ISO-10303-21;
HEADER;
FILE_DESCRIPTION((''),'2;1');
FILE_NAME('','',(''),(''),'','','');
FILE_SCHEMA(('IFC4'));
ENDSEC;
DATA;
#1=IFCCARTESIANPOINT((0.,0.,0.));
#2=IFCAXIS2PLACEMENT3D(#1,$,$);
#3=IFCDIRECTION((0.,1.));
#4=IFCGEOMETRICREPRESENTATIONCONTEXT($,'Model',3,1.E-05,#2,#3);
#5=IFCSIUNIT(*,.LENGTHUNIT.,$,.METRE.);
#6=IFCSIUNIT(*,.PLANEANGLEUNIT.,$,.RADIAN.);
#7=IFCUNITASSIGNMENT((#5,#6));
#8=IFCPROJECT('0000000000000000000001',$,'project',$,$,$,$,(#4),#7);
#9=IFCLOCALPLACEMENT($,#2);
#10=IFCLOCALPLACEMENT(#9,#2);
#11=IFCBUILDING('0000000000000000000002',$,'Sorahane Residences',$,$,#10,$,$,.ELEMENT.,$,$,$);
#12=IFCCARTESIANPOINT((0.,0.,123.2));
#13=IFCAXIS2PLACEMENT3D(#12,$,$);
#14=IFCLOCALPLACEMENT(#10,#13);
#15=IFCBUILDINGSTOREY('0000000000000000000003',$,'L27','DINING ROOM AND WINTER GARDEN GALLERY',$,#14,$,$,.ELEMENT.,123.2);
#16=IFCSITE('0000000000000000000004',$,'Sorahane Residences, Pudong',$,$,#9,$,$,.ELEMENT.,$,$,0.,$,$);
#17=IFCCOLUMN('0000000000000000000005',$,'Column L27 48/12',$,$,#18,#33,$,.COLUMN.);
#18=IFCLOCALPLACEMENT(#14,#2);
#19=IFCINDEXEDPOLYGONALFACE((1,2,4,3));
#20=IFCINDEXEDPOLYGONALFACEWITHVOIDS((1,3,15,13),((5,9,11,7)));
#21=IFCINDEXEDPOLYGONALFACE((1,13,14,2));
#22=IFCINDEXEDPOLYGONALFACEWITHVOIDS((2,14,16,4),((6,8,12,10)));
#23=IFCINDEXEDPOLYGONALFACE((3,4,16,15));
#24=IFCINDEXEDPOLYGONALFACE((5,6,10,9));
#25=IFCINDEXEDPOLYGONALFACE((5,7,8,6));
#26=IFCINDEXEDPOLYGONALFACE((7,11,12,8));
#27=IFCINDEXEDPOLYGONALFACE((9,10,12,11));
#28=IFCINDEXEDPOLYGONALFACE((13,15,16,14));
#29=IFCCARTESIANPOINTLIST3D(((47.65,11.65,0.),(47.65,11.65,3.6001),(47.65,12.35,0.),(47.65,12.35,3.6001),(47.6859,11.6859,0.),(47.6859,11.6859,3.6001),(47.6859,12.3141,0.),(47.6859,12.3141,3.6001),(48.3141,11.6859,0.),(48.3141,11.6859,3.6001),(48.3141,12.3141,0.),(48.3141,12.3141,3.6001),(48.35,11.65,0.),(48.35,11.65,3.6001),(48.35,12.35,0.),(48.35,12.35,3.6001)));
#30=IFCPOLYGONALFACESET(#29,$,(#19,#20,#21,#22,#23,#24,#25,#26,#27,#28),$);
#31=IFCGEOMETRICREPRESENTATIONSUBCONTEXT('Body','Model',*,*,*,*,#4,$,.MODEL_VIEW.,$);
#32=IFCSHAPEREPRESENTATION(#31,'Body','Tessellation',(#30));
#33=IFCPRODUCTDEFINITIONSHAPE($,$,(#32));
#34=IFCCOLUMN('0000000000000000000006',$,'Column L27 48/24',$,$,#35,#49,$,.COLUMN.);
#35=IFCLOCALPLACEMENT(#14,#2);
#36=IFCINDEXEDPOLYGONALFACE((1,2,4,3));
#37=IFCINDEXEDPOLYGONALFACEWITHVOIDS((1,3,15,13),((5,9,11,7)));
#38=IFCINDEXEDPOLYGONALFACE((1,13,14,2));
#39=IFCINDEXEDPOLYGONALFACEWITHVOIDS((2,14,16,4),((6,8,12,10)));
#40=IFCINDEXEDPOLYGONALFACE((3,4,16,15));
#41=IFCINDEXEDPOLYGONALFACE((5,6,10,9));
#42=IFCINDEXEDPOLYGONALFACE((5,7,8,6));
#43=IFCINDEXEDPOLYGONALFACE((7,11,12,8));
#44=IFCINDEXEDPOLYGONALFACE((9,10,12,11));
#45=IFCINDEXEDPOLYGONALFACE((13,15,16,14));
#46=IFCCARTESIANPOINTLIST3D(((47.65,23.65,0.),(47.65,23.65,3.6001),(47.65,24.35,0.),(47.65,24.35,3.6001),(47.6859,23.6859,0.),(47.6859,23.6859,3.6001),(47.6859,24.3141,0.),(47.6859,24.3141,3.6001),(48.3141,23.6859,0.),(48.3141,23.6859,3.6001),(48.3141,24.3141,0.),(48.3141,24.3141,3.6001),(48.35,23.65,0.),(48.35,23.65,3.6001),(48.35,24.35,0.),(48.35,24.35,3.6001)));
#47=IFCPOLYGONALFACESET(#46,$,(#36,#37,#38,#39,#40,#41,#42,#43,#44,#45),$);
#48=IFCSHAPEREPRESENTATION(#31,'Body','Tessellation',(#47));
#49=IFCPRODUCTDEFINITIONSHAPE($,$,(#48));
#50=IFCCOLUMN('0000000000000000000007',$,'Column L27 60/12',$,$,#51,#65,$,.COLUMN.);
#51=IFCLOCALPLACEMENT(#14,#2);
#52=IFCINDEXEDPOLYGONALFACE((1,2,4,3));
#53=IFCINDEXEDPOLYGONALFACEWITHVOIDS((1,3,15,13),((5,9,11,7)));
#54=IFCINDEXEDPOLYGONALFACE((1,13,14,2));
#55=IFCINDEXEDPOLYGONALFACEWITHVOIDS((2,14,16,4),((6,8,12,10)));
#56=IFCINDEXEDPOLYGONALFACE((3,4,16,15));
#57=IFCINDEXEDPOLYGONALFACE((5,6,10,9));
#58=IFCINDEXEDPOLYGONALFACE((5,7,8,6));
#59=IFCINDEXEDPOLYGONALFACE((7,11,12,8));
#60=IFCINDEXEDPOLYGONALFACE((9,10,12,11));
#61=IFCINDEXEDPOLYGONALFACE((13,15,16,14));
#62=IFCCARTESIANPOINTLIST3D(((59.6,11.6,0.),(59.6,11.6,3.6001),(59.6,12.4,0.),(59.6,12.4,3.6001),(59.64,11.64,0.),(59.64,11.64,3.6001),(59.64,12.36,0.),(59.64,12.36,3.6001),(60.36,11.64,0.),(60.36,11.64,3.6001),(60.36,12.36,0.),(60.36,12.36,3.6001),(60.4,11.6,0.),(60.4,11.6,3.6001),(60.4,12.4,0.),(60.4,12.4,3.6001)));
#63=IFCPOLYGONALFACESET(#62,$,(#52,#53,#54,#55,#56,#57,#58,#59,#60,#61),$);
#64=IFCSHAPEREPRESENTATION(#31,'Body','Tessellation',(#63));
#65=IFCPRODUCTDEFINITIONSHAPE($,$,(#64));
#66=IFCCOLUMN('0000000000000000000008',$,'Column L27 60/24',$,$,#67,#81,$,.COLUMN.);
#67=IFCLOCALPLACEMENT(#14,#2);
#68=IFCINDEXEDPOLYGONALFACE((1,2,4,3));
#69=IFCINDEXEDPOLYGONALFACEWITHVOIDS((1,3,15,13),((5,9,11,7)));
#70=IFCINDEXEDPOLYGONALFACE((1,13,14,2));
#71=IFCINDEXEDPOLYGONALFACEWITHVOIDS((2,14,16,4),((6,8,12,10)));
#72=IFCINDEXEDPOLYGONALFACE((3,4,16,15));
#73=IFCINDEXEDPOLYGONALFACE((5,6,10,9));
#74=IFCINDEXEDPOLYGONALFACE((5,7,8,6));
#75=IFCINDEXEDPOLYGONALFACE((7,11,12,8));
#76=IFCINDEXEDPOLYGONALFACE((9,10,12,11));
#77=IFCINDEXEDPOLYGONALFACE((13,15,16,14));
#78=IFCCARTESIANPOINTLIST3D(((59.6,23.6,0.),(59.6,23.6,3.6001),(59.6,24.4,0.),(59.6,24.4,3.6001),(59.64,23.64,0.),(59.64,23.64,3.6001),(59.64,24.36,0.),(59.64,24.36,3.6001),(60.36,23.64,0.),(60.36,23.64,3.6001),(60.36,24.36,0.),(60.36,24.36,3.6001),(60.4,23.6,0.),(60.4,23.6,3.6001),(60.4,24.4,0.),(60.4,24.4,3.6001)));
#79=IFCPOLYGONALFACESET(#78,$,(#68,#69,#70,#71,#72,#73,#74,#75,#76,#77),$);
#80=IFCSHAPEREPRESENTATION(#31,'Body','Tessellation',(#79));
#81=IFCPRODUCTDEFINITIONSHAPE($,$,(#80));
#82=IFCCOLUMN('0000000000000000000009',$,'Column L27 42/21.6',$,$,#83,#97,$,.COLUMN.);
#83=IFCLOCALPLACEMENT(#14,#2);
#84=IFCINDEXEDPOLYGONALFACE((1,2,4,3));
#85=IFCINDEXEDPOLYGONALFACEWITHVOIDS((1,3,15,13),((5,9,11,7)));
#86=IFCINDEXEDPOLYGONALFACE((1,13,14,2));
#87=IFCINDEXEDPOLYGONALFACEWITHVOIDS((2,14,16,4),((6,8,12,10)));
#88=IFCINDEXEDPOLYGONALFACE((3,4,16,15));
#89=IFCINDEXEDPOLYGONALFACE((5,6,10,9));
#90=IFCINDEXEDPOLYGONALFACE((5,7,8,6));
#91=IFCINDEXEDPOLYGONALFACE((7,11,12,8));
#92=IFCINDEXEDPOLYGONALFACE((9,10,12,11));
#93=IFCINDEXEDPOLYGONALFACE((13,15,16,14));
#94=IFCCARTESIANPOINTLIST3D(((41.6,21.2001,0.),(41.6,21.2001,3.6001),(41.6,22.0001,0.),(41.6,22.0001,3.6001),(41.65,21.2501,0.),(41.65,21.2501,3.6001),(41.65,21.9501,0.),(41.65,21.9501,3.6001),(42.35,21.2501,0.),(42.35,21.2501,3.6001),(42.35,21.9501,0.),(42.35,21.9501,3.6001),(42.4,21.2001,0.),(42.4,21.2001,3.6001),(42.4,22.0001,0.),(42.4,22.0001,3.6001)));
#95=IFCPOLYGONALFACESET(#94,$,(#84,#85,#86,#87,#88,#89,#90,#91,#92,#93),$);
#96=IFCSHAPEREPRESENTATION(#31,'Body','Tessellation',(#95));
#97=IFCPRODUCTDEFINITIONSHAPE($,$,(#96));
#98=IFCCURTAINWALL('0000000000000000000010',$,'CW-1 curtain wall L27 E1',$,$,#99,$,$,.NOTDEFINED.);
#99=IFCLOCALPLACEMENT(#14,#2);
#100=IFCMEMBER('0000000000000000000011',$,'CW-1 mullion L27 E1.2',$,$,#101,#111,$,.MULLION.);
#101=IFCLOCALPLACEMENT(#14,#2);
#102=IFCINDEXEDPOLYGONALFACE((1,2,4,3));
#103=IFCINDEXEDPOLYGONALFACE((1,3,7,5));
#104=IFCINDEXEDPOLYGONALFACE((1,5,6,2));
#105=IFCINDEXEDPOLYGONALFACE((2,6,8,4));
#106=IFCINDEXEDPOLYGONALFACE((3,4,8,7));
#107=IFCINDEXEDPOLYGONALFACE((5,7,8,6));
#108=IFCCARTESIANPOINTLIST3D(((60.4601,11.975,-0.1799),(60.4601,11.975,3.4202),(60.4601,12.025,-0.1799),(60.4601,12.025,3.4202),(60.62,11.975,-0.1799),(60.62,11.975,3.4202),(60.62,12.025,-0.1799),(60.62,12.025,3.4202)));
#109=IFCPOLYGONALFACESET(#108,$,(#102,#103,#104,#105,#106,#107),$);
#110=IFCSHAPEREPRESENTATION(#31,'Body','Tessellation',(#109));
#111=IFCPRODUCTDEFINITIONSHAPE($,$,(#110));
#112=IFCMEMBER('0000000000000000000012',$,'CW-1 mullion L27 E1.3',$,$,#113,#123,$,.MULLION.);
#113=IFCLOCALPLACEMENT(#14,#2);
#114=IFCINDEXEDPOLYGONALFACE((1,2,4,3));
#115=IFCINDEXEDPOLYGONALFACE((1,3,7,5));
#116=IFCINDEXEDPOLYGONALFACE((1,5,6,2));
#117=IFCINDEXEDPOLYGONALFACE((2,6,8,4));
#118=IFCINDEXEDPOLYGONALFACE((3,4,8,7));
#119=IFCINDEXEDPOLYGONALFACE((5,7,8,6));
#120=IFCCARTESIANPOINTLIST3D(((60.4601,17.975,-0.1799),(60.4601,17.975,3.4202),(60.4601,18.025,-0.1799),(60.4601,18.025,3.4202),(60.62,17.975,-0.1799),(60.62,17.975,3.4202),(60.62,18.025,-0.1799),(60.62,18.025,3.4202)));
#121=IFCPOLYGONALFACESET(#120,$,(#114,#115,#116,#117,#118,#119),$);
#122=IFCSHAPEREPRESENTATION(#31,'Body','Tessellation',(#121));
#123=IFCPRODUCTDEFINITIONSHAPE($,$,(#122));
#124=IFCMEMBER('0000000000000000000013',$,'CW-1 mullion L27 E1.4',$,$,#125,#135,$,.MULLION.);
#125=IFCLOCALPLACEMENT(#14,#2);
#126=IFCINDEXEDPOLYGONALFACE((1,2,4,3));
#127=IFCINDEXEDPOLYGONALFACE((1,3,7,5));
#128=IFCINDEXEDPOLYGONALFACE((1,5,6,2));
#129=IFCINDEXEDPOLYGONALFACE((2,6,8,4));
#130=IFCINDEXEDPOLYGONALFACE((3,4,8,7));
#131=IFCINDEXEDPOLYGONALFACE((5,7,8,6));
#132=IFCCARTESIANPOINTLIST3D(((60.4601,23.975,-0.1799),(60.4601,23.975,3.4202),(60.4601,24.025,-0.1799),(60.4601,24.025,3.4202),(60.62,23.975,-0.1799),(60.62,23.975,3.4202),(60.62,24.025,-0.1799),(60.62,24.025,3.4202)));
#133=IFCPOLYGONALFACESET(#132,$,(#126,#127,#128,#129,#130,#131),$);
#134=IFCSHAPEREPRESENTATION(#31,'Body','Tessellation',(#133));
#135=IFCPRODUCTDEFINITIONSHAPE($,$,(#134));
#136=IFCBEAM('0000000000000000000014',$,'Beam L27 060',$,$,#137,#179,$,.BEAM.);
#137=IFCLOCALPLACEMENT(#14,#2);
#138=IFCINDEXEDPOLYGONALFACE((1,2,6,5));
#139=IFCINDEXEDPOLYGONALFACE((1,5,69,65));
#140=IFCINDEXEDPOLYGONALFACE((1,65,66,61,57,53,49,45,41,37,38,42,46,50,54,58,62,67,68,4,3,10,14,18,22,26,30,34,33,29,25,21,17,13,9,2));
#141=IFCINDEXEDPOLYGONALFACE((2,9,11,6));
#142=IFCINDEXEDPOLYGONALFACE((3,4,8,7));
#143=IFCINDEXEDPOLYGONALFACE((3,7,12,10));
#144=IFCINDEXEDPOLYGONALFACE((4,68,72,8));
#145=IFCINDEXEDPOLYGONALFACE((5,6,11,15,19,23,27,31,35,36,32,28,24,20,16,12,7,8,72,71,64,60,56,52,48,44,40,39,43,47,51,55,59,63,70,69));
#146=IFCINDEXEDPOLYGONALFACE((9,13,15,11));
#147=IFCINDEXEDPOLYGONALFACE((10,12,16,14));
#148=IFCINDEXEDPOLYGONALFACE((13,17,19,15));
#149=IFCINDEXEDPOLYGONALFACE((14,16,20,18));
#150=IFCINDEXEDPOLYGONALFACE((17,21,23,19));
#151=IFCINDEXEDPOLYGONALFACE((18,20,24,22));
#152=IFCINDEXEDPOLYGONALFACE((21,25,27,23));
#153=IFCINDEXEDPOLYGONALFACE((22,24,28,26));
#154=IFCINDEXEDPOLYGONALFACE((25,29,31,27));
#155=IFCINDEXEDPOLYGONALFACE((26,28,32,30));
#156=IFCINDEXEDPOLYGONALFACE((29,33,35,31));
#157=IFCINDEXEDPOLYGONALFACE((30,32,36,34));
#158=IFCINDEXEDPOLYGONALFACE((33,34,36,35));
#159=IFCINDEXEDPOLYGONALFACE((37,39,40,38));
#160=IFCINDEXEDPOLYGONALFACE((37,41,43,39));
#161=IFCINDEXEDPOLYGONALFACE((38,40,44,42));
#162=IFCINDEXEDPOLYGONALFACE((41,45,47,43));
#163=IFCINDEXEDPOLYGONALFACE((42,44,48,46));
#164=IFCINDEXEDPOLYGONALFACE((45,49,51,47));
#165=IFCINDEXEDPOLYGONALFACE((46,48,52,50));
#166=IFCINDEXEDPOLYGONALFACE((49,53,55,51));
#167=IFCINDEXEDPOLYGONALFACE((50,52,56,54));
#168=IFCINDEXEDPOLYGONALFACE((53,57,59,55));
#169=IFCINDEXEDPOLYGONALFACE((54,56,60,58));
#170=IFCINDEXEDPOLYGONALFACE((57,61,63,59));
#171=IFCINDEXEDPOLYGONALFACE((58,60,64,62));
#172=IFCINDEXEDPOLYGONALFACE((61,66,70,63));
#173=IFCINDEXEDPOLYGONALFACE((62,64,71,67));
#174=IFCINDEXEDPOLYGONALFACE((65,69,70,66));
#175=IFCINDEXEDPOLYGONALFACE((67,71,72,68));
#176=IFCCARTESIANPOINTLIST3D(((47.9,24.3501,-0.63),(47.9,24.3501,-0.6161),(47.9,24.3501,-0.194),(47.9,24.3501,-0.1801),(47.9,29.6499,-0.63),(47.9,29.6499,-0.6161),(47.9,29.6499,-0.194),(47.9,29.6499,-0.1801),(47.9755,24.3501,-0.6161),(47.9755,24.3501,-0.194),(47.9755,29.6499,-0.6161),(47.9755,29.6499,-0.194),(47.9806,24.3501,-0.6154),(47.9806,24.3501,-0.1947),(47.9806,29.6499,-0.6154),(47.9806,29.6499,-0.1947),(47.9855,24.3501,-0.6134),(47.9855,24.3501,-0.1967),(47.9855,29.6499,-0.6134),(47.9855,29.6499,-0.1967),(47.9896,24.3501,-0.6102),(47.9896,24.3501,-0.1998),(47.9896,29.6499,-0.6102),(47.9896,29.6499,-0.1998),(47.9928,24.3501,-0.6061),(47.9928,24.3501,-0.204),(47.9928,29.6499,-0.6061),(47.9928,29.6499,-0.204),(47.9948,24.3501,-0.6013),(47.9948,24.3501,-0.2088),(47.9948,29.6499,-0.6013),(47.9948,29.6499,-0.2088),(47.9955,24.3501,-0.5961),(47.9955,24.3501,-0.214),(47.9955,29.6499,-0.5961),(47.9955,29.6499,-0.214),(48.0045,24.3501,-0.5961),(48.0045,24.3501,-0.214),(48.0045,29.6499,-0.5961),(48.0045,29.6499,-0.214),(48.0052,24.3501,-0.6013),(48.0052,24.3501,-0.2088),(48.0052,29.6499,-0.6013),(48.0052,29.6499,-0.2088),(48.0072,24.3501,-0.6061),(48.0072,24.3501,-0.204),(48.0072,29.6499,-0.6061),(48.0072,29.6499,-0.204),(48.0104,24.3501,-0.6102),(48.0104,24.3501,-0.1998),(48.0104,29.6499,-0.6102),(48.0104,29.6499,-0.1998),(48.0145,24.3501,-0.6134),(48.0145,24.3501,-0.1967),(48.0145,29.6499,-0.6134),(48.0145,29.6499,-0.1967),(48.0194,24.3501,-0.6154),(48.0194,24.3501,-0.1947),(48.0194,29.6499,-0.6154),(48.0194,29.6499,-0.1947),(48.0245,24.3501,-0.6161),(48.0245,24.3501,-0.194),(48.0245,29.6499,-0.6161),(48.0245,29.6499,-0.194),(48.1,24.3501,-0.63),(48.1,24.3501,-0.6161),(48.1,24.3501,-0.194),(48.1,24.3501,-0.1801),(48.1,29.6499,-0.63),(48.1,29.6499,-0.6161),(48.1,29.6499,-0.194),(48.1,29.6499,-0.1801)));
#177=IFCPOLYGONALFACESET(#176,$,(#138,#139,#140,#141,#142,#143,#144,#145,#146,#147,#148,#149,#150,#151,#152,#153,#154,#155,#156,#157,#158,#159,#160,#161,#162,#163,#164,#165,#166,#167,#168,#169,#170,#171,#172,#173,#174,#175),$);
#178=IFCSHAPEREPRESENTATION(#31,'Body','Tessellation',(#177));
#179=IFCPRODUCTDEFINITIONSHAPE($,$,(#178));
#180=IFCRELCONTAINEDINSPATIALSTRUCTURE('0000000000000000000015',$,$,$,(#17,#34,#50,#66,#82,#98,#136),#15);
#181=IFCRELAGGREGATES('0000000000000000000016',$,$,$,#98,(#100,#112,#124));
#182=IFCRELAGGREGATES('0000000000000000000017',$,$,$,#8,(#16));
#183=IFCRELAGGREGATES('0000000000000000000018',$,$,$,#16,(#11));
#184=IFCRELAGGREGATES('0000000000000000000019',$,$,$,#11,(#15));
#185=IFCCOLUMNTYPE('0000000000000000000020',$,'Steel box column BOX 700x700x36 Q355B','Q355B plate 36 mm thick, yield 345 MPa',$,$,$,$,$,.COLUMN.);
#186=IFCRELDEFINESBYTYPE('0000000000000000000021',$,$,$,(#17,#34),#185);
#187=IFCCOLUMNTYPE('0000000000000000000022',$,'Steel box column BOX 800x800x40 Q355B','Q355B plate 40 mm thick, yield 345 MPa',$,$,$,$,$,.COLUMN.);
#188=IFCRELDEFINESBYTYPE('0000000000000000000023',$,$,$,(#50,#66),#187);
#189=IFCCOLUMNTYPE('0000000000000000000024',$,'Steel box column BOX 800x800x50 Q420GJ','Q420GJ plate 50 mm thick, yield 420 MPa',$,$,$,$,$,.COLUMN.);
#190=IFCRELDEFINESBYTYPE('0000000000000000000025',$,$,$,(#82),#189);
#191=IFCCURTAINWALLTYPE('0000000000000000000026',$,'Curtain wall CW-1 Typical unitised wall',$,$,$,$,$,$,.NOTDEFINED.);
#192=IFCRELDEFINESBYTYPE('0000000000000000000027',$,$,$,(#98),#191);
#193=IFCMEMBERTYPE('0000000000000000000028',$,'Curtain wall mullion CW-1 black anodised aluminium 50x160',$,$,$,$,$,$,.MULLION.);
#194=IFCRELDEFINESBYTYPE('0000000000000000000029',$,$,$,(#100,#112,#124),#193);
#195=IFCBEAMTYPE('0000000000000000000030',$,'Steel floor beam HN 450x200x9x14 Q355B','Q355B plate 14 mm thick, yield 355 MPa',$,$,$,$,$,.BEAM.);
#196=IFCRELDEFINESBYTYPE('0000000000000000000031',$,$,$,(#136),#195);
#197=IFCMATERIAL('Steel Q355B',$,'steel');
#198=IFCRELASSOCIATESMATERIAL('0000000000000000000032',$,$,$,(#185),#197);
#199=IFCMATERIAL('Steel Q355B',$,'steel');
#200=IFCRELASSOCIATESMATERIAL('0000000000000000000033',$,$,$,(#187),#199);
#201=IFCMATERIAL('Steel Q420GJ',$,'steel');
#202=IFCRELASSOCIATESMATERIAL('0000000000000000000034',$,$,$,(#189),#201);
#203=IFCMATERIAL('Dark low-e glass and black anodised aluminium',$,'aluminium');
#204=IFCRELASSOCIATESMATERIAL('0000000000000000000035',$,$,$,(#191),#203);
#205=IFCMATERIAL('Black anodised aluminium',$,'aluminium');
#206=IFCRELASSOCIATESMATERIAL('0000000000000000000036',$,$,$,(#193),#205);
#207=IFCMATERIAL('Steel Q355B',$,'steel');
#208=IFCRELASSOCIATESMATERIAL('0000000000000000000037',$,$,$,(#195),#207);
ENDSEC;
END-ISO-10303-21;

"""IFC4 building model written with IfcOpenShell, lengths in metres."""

from ifc_helpers import new_model, si_unit, direction, frame, origin, origin_2d, place, context, subcontext, project, spatial, rectangle, hollow_rectangle, i_section, extrude, material, material_profile, profile_set, type_object, element, aggregate, save


model = new_model("IFC4")

# Units and contexts
model_context = context("Model", 3, precision=1e-05, world=origin(), true_north=direction((0.0, 1.0)))
body_context = subcontext(model_context, "Body", "Model", "MODEL_VIEW")
ifc_project = project(units=[si_unit("LENGTHUNIT", "METRE"), si_unit("PLANEANGLEUNIT", "RADIAN")], contexts=[model_context])

# Site, building, storey
site_placement = place(None, origin())
site = spatial("IfcSite", under=ifc_project, at=site_placement, Name="Sorahane Residences, Pudong", CompositionType="ELEMENT", RefElevation=0.0)
building_placement = place(site_placement, origin())
building = spatial("IfcBuilding", under=site, at=building_placement, Name="Sorahane Residences", CompositionType="ELEMENT")
storey_placement = place(building_placement, frame((0.0, 0.0, 123.2)))
storey = spatial("IfcBuildingStorey", under=building, at=storey_placement, Name="L27", Description="DINING ROOM AND WINTER GARDEN GALLERY", CompositionType="ELEMENT", Elevation=123.2)

# Columns
ifc_material_1 = material(Name="Steel Q355B", Category="steel")
ifc_material_profile_1 = material_profile(ifc_material_1, hollow_rectangle(XDim=0.7, YDim=0.7, WallThickness=0.0359, at=origin_2d()), Name="BOX 700x700x36")
ifc_profile_set_1 = profile_set([ifc_material_profile_1], Name="Steel Q355B")
column_type_1 = type_object("IfcColumnType", Name="Steel box column BOX 700x700x36 Q355B", Description="Q355B plate 36 mm thick, yield 345 MPa", PredefinedType="COLUMN", material=ifc_profile_set_1)
for number, where, z_axis, x_axis, name in (
    (1, (48.0, 12.0, 0.0), (0.0, 0.0, 1.0), (1.0, 0.0, 0.0), "Column L27 48/12"),
    (2, (48.0, 24.0, 0.0), (0.0, 0.0, 1.0), (1.0, 0.0, 0.0), "Column L27 48/24"),
):
    element("IfcColumn", number, at=place(storey_placement, frame(where, z_axis=z_axis, x_axis=x_axis)), inside=storey, type_object=column_type_1, Name=name, PredefinedType="COLUMN", context=body_context, shape_type="SweptSolid", body=[
        extrude(hollow_rectangle(XDim=0.7, YDim=0.7, WallThickness=0.0359, at=origin_2d()), origin(), (0.0, 0.0, 1.0), 3.6001),
    ])
ifc_material_2 = material(Name="Steel Q355B", Category="steel")
ifc_material_profile_2 = material_profile(ifc_material_2, hollow_rectangle(XDim=0.8, YDim=0.8, WallThickness=0.04, at=origin_2d()), Name="BOX 800x800x40")
ifc_profile_set_2 = profile_set([ifc_material_profile_2], Name="Steel Q355B")
column_type_2 = type_object("IfcColumnType", Name="Steel box column BOX 800x800x40 Q355B", Description="Q355B plate 40 mm thick, yield 345 MPa", PredefinedType="COLUMN", material=ifc_profile_set_2)
for number, where, z_axis, x_axis, name in (
    (3, (60.0, 12.0, 0.0), (0.0, 0.0, 1.0), (1.0, 0.0, 0.0), "Column L27 60/12"),
    (4, (60.0, 24.0, 0.0), (0.0, 0.0, 1.0), (1.0, 0.0, 0.0), "Column L27 60/24"),
):
    element("IfcColumn", number, at=place(storey_placement, frame(where, z_axis=z_axis, x_axis=x_axis)), inside=storey, type_object=column_type_2, Name=name, PredefinedType="COLUMN", context=body_context, shape_type="SweptSolid", body=[
        extrude(hollow_rectangle(XDim=0.8, YDim=0.8, WallThickness=0.04, at=origin_2d()), origin(), (0.0, 0.0, 1.0), 3.6001),
    ])
ifc_material_3 = material(Name="Steel Q420GJ", Category="steel")
ifc_material_profile_3 = material_profile(ifc_material_3, hollow_rectangle(XDim=0.8, YDim=0.8, WallThickness=0.05, at=origin_2d()), Name="BOX 800x800x50")
ifc_profile_set_3 = profile_set([ifc_material_profile_3], Name="Steel Q420GJ")
column_type_3 = type_object("IfcColumnType", Name="Steel box column BOX 800x800x50 Q420GJ", Description="Q420GJ plate 50 mm thick, yield 420 MPa", PredefinedType="COLUMN", material=ifc_profile_set_3)
column_placement = place(storey_placement, frame((42.0, 21.6001, 0.0), z_axis=(0.0, 0.0, 1.0), x_axis=(1.0, 0.0, 0.0)))
element("IfcColumn", 5, at=column_placement, inside=storey, type_object=column_type_3, Name="Column L27 42/21.6", PredefinedType="COLUMN", context=body_context, shape_type="SweptSolid", body=[
    extrude(hollow_rectangle(XDim=0.8, YDim=0.8, WallThickness=0.05, at=origin_2d()), origin(), (0.0, 0.0, 1.0), 3.6001),
])

# Curtain wall, members
ifc_material_4 = material(Name="Dark low-e glass and black anodised aluminium", Category="aluminium")
curtain_wall_type = type_object("IfcCurtainWallType", Name="Curtain wall CW-1 Typical unitised wall", PredefinedType="NOTDEFINED", material=ifc_material_4)
curtain_wall_placement = place(storey_placement, origin())
curtain_wall = element("IfcCurtainWall", 6, at=curtain_wall_placement, inside=storey, type_object=curtain_wall_type, Name="CW-1 curtain wall L27 E1", PredefinedType="NOTDEFINED")
ifc_material_5 = material(Name="Black anodised aluminium", Category="aluminium")
ifc_material_profile_4 = material_profile(ifc_material_5, rectangle(XDim=0.1599, YDim=0.05, at=origin_2d()), Name="Curtain wall mullion CW-1 black anodised aluminium 50x160")
ifc_profile_set_4 = profile_set([ifc_material_profile_4], Name="Black anodised aluminium")
member_type = type_object("IfcMemberType", Name="Curtain wall mullion CW-1 black anodised aluminium 50x160", PredefinedType="MULLION", material=ifc_profile_set_4)
member_1_placement = place(storey_placement, frame((60.54, 12.0, -0.1799), z_axis=(0.0, 0.0, 1.0), x_axis=(1.0, 0.0, 0.0)))
member_1 = element("IfcMember", 7, at=member_1_placement, type_object=member_type, Name="CW-1 mullion L27 E1.2", PredefinedType="MULLION", context=body_context, shape_type="SweptSolid", body=[
    extrude(rectangle(XDim=0.1599, YDim=0.05, at=origin_2d()), origin(), (0.0, 0.0, 1.0), 3.6001),
])
member_2_placement = place(storey_placement, frame((60.54, 18.0, -0.1799), z_axis=(0.0, 0.0, 1.0), x_axis=(1.0, 0.0, 0.0)))
member_2 = element("IfcMember", 8, at=member_2_placement, type_object=member_type, Name="CW-1 mullion L27 E1.3", PredefinedType="MULLION", context=body_context, shape_type="SweptSolid", body=[
    extrude(rectangle(XDim=0.1599, YDim=0.05, at=origin_2d()), origin(), (0.0, 0.0, 1.0), 3.6001),
])
member_3_placement = place(storey_placement, frame((60.54, 24.0, -0.1799), z_axis=(0.0, 0.0, 1.0), x_axis=(1.0, 0.0, 0.0)))
member_3 = element("IfcMember", 9, at=member_3_placement, type_object=member_type, Name="CW-1 mullion L27 E1.4", PredefinedType="MULLION", context=body_context, shape_type="SweptSolid", body=[
    extrude(rectangle(XDim=0.1599, YDim=0.05, at=origin_2d()), origin(), (0.0, 0.0, 1.0), 3.6001),
])

# Beam
ifc_material_6 = material(Name="Steel Q355B", Category="steel")
ifc_material_profile_5 = material_profile(ifc_material_6, i_section(OverallWidth=0.2, OverallDepth=0.45, WebThickness=0.009, FlangeThickness=0.0139, FilletRadius=0.02, at=origin_2d()), Name="HN 450x200x9x14")
ifc_profile_set_5 = profile_set([ifc_material_profile_5], Name="Steel Q355B")
beam_type_1 = type_object("IfcBeamType", Name="Steel floor beam HN 450x200x9x14 Q355B", Description="Q355B plate 14 mm thick, yield 355 MPa", PredefinedType="BEAM", material=ifc_profile_set_5)
beam_1_placement = place(storey_placement, frame((48.0, 24.3501, -0.405), z_axis=(0.0, 1.0, 0.0), x_axis=(-1.0, 0.0, 0.0)))
element("IfcBeam", 10, at=beam_1_placement, inside=storey, type_object=beam_type_1, Name="Beam L27 060", PredefinedType="BEAM", context=body_context, shape_type="SweptSolid", body=[
    extrude(i_section(OverallWidth=0.2, OverallDepth=0.45, WebThickness=0.009, FlangeThickness=0.0139, FilletRadius=0.02, at=origin_2d()), origin(), (0.0, 0.0, 1.0), 5.2998),
])

aggregate(curtain_wall, [member_1, member_2, member_3])

save(model, "model.ifc")
